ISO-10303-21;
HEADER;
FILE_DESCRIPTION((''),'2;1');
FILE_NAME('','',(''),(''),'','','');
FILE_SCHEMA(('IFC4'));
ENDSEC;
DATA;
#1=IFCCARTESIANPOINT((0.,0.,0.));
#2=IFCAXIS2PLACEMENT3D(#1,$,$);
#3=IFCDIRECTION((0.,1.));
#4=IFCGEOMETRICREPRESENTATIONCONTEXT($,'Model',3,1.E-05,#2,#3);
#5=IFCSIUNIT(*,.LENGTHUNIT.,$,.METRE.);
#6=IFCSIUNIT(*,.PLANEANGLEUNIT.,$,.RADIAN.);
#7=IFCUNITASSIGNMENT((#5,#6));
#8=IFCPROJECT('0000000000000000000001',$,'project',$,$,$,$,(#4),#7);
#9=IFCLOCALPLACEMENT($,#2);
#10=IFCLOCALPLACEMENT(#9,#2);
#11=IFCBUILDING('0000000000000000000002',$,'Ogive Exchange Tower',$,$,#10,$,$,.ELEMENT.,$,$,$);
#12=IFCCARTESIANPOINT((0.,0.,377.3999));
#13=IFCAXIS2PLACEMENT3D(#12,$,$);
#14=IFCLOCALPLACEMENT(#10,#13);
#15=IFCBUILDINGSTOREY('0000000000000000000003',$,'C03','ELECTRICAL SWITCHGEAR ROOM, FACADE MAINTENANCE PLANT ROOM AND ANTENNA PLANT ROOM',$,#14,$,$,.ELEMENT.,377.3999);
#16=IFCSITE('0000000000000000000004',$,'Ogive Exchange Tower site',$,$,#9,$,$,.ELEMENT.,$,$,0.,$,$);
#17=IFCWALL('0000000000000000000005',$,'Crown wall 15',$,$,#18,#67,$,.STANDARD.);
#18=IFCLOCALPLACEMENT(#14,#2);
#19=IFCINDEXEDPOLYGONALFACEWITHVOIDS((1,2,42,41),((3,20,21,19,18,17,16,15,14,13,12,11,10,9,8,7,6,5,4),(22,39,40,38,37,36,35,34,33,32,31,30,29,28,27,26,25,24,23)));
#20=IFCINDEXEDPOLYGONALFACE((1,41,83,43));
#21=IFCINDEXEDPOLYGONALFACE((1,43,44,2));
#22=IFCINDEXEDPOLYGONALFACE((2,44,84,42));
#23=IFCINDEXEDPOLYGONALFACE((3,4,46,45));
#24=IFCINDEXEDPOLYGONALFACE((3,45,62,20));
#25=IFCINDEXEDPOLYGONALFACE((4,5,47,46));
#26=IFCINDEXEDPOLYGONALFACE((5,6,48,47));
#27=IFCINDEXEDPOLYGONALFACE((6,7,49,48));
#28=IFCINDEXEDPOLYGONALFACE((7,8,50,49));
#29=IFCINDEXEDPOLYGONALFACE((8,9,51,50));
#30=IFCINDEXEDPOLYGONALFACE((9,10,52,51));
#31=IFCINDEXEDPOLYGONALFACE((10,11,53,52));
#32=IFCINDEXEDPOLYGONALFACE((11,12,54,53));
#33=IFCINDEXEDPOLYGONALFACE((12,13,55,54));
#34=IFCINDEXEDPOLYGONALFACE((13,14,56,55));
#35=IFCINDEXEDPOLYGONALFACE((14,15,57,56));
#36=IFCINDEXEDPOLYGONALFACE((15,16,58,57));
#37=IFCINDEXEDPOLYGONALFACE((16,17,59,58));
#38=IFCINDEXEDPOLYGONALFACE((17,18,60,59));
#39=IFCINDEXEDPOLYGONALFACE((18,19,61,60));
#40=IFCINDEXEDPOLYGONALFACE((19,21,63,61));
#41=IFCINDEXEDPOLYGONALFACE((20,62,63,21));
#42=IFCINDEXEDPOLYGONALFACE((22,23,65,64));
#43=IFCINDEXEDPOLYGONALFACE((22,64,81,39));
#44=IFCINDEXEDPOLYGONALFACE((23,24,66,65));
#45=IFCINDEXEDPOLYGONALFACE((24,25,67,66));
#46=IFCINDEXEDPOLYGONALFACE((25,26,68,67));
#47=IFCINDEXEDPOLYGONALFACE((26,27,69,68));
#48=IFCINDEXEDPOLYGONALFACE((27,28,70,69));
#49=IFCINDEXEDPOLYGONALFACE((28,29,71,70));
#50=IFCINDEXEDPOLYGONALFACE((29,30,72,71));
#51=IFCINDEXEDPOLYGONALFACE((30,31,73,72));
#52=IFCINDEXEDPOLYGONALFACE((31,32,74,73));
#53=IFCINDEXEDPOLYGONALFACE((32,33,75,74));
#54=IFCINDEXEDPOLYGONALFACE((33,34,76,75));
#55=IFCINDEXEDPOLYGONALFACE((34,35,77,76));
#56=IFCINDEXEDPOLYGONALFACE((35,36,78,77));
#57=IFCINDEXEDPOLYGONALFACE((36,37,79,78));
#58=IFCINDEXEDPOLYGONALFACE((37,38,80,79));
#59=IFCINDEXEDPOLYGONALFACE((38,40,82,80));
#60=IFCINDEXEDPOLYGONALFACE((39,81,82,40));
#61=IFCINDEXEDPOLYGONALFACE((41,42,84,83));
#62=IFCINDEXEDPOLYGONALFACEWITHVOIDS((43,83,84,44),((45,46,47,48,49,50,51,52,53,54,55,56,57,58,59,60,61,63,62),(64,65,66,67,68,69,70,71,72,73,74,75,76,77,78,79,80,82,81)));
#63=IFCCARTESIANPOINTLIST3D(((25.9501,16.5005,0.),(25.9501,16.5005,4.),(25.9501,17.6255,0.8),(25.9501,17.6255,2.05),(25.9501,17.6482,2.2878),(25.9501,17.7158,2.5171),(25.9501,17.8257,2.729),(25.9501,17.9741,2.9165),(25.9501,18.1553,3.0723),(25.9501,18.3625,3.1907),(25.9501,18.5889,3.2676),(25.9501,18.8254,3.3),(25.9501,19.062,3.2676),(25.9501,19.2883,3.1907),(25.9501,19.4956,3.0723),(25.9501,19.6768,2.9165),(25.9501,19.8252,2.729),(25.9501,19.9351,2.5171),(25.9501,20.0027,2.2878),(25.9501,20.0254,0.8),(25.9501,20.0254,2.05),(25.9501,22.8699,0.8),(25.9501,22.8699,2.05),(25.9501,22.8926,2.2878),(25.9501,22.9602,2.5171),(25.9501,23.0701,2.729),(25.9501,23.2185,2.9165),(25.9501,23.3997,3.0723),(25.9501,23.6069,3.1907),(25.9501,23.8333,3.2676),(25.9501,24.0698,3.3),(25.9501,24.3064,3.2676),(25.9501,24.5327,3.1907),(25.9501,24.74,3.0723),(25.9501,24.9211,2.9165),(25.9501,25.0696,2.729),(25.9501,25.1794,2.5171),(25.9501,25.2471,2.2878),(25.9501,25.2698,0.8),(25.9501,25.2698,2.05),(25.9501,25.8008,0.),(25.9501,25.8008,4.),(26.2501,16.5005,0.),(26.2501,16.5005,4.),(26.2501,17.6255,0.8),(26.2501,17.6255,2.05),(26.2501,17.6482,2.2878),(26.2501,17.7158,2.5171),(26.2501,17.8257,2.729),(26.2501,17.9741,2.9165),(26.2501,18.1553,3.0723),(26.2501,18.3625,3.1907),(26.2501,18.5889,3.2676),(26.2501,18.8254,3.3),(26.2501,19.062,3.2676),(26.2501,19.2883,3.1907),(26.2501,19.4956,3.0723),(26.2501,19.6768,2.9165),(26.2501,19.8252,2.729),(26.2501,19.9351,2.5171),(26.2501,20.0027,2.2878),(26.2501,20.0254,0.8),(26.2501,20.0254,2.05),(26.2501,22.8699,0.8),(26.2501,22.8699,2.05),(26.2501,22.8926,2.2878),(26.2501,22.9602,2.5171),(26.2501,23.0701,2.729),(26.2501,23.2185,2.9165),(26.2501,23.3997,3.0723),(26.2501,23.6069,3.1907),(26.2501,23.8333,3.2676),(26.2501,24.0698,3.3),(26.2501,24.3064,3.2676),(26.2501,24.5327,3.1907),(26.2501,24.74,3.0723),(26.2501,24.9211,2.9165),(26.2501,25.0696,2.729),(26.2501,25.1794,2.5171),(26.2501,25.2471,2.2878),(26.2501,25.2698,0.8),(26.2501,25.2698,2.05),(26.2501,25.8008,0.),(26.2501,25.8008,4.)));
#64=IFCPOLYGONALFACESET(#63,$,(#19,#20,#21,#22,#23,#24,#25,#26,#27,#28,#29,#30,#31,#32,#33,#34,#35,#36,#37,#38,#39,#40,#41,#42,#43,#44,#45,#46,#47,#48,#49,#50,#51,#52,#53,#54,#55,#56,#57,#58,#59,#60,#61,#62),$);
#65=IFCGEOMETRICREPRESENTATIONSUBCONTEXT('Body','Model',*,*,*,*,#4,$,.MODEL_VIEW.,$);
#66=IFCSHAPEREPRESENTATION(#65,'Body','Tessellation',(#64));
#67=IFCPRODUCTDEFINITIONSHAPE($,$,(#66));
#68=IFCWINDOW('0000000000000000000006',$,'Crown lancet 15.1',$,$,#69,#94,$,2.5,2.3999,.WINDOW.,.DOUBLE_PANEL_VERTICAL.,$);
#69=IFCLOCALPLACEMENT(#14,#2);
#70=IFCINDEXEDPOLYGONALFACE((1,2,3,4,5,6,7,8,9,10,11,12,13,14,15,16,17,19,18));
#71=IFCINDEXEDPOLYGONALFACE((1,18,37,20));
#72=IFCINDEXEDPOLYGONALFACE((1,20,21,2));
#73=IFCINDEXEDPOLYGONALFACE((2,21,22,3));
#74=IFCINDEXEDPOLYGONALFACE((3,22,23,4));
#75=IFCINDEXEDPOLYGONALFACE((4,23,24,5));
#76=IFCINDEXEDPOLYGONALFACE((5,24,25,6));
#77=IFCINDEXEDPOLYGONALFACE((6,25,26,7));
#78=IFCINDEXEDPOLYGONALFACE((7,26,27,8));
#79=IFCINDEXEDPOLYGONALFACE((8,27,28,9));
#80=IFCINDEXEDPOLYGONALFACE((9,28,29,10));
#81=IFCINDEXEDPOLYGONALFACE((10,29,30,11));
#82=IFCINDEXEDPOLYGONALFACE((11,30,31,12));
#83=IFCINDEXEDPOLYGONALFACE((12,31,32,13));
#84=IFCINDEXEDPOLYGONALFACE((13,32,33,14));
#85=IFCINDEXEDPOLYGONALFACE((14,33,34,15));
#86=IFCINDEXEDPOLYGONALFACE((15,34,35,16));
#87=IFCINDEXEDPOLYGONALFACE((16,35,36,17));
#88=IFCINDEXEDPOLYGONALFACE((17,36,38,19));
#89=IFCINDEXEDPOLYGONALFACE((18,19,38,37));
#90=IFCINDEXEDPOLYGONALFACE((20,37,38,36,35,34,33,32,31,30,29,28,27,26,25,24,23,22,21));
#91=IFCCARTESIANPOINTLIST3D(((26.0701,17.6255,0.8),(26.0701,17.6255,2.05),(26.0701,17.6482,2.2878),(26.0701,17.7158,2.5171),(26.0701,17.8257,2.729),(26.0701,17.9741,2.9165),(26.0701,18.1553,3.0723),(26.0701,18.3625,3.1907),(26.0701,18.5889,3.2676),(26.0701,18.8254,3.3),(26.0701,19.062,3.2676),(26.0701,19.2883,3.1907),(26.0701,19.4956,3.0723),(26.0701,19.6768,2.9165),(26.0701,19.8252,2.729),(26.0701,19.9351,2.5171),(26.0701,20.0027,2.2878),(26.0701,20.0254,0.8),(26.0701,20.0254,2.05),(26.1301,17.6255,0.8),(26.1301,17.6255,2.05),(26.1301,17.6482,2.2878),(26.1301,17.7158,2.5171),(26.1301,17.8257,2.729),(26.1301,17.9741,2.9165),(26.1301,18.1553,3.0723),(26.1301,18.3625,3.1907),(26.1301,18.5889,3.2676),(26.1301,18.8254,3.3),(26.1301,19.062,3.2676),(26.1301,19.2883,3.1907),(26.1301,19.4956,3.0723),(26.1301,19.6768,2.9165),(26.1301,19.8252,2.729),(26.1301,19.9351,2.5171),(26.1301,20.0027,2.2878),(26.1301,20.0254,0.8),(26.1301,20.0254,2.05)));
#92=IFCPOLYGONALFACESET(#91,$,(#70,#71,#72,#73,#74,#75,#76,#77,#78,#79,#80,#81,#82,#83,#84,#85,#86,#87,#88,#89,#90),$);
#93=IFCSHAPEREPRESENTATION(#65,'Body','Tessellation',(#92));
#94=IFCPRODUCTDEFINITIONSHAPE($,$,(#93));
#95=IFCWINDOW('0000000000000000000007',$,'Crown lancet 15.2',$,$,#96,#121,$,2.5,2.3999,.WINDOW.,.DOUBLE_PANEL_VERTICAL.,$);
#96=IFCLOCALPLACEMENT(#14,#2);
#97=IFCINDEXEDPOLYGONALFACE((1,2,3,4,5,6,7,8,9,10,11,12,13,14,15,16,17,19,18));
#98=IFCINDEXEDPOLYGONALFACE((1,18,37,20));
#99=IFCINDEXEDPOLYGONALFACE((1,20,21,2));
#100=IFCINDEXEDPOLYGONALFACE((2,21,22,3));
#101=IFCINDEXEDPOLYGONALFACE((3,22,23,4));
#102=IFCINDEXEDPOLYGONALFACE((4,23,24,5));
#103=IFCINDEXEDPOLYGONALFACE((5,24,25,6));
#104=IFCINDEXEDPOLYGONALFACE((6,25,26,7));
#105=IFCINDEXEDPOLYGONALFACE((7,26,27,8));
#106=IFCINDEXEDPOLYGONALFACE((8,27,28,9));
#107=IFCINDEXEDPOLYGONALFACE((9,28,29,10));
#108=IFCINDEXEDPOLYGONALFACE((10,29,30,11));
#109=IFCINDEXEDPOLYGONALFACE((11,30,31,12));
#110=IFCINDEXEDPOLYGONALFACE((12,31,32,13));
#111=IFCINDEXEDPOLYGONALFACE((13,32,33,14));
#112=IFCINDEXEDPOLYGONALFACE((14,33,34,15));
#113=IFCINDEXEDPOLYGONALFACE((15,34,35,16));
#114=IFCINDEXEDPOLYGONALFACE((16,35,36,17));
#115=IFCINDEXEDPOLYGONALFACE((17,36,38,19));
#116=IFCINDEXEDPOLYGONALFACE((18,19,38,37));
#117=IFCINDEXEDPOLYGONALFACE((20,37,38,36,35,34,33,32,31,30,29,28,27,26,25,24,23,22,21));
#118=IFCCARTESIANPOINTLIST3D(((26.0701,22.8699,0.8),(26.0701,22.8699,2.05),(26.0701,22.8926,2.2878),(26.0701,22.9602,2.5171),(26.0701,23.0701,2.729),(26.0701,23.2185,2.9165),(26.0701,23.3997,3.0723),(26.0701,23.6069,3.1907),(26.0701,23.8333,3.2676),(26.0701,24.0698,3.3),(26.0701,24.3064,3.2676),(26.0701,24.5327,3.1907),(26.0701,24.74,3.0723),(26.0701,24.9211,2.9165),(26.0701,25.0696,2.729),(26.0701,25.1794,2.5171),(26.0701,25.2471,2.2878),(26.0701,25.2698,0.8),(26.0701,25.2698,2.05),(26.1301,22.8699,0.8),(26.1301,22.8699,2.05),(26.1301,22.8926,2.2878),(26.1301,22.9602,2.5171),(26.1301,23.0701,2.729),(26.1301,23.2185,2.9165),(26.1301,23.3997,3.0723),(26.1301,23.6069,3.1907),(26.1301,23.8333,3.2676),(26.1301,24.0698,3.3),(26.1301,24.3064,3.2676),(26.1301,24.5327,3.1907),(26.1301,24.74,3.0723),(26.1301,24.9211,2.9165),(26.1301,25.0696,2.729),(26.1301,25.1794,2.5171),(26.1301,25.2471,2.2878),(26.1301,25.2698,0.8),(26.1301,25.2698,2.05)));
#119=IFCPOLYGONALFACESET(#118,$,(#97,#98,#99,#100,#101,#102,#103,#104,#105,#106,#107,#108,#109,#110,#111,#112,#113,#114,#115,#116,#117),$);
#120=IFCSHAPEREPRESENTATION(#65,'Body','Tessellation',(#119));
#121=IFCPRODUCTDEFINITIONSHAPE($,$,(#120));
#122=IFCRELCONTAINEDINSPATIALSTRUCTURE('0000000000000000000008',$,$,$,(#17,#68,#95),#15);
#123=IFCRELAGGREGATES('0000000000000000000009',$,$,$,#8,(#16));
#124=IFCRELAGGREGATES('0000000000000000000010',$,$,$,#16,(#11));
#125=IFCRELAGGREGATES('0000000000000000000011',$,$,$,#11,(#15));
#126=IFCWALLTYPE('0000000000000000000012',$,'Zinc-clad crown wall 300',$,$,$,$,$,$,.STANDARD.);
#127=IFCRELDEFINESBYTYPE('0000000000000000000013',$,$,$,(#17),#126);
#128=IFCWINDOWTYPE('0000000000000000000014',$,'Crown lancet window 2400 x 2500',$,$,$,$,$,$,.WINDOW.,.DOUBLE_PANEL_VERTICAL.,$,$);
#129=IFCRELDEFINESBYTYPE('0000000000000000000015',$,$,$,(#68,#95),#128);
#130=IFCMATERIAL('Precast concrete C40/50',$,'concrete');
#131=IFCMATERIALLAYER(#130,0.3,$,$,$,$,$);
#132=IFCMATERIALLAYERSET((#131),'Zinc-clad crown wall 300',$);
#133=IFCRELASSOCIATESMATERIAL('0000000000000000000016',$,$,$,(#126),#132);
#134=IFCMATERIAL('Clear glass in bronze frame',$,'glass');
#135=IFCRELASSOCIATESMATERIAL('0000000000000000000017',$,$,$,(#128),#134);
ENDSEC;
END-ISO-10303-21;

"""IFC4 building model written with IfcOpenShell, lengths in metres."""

from ifc_helpers import new_model, si_unit, direction, frame, frame_2d, origin, place, context, subcontext, project, spatial, polyline, rectangle, outline, extrude, material, layer, layer_set, type_object, element, fill, save


model = new_model("IFC4")

# Units and contexts
model_context = context("Model", 3, precision=1e-05, world=origin(), true_north=direction((0.0, 1.0)))
body_context = subcontext(model_context, "Body", "Model", "MODEL_VIEW")
ifc_project = project(units=[si_unit("LENGTHUNIT", "METRE"), si_unit("PLANEANGLEUNIT", "RADIAN")], contexts=[model_context])

# Site, building, storey
site_placement = place(None, origin())
site = spatial("IfcSite", under=ifc_project, at=site_placement, Name="Ogive Exchange Tower site", CompositionType="ELEMENT", RefElevation=0.0)
building_placement = place(site_placement, origin())
building = spatial("IfcBuilding", under=site, at=building_placement, Name="Ogive Exchange Tower", CompositionType="ELEMENT")
storey_placement = place(building_placement, frame((0.0, 0.0, 377.3999)))
storey = spatial("IfcBuildingStorey", under=building, at=storey_placement, Name="C03", Description="ELECTRICAL SWITCHGEAR ROOM, FACADE MAINTENANCE PLANT ROOM AND ANTENNA PLANT ROOM", CompositionType="ELEMENT", Elevation=377.3999)

# Wall, openings, windows
ifc_material_1 = material(Name="Precast concrete C40/50", Category="concrete")
ifc_layer_1 = layer(ifc_material_1, 0.3)
ifc_layer_set_1 = layer_set([ifc_layer_1], Name="Zinc-clad crown wall 300")
wall_type_1 = type_object("IfcWallType", Name="Zinc-clad crown wall 300", PredefinedType="STANDARD", material=ifc_layer_set_1)
wall_1_placement = place(storey_placement, frame((26.1001, 16.5005, 0.0), z_axis=(0.0, 0.0, 1.0), x_axis=(0.0, 1.0, 0.0)))
wall_1 = element("IfcWall", 1, at=wall_1_placement, inside=storey, type_object=wall_type_1, Name="Crown wall 15", PredefinedType="STANDARD", context=body_context, shape_type="SweptSolid", body=[
    extrude(rectangle(XDim=9.3003, YDim=0.3, at=frame_2d((4.6501, 0.0))), origin(), (0.0, 0.0, 1.0), 4.0),
])
opening_1_placement = place(wall_1_placement, frame((1.125, 0.0, 0.8)))
opening_1 = element("IfcOpeningElement", 2, at=opening_1_placement, cuts=wall_1, PredefinedType="OPENING", context=body_context, shape_type="SweptSolid", body=[
    extrude(outline(polyline([(0.0, 0.0), (2.3999, 0.0), (2.3999, 1.25), (2.3772, 1.4878), (2.3096, 1.717), (2.1997, 1.929), (2.0513, 2.1165), (1.8701, 2.2722), (1.6628, 2.3906), (1.4365, 2.4675), (1.2, 2.5), (0.9634, 2.4675), (0.7371, 2.3906), (0.5298, 2.2722), (0.3486, 2.1165), (0.2002, 1.929), (0.0903, 1.717), (0.0227, 1.4878), (0.0, 1.25), (0.0, 0.0)])), frame((0.0, 0.1599, 0.0), z_axis=(0.0, -1.0, 0.0), x_axis=(1.0, 0.0, 0.0)), (0.0, 0.0, 1.0), 0.3201),
])
opening_2_placement = place(wall_1_placement, frame((6.3694, 0.0, 0.8)))
opening_2 = element("IfcOpeningElement", 3, at=opening_2_placement, cuts=wall_1, PredefinedType="OPENING", context=body_context, shape_type="SweptSolid", body=[
    extrude(outline(polyline([(0.0, 0.0), (2.3999, 0.0), (2.3999, 1.25), (2.3772, 1.4878), (2.3096, 1.717), (2.1997, 1.929), (2.0513, 2.1165), (1.8701, 2.2722), (1.6628, 2.3906), (1.4365, 2.4675), (1.2, 2.5), (0.9634, 2.4675), (0.7371, 2.3906), (0.5298, 2.2722), (0.3486, 2.1165), (0.2002, 1.929), (0.0903, 1.717), (0.0227, 1.4878), (0.0, 1.25), (0.0, 0.0)])), frame((0.0, 0.1599, 0.0), z_axis=(0.0, -1.0, 0.0), x_axis=(1.0, 0.0, 0.0)), (0.0, 0.0, 1.0), 0.3201),
])
ifc_material_2 = material(Name="Clear glass in bronze frame", Category="glass")
window_type = type_object("IfcWindowType", Name="Crown lancet window 2400 x 2500", PartitioningType="DOUBLE_PANEL_VERTICAL", PredefinedType="WINDOW", material=ifc_material_2)
window_1_placement = place(opening_1_placement, origin())
window_1 = element("IfcWindow", 4, at=window_1_placement, inside=storey, type_object=window_type, Name="Crown lancet 15.1", OverallHeight=2.5, OverallWidth=2.3999, PartitioningType="DOUBLE_PANEL_VERTICAL", PredefinedType="WINDOW", context=body_context, shape_type="SweptSolid", body=[
    extrude(outline(polyline([(0.0, 0.0), (2.3999, 0.0), (2.3999, 1.25), (2.3772, 1.4878), (2.3096, 1.717), (2.1997, 1.929), (2.0513, 2.1165), (1.8701, 2.2722), (1.6628, 2.3906), (1.4365, 2.4675), (1.2, 2.5), (0.9634, 2.4675), (0.7371, 2.3906), (0.5298, 2.2722), (0.3486, 2.1165), (0.2002, 1.929), (0.0903, 1.717), (0.0227, 1.4878), (0.0, 1.25), (0.0, 0.0)])), frame((0.0, 0.03, 0.0), z_axis=(0.0, -1.0, 0.0), x_axis=(1.0, 0.0, 0.0)), (0.0, 0.0, 1.0), 0.0601),
])
fill(opening_1, window_1)
window_2_placement = place(opening_2_placement, origin())
window_2 = element("IfcWindow", 5, at=window_2_placement, inside=storey, type_object=window_type, Name="Crown lancet 15.2", OverallHeight=2.5, OverallWidth=2.3999, PartitioningType="DOUBLE_PANEL_VERTICAL", PredefinedType="WINDOW", context=body_context, shape_type="SweptSolid", body=[
    extrude(outline(polyline([(0.0, 0.0), (2.3999, 0.0), (2.3999, 1.25), (2.3772, 1.4878), (2.3096, 1.717), (2.1997, 1.929), (2.0513, 2.1165), (1.8701, 2.2722), (1.6628, 2.3906), (1.4365, 2.4675), (1.2, 2.5), (0.9634, 2.4675), (0.7371, 2.3906), (0.5298, 2.2722), (0.3486, 2.1165), (0.2002, 1.929), (0.0903, 1.717), (0.0227, 1.4878), (0.0, 1.25), (0.0, 0.0)])), frame((0.0, 0.03, 0.0), z_axis=(0.0, -1.0, 0.0), x_axis=(1.0, 0.0, 0.0)), (0.0, 0.0, 1.0), 0.0601),
])
fill(opening_2, window_2)

save(model, "model.ifc")
